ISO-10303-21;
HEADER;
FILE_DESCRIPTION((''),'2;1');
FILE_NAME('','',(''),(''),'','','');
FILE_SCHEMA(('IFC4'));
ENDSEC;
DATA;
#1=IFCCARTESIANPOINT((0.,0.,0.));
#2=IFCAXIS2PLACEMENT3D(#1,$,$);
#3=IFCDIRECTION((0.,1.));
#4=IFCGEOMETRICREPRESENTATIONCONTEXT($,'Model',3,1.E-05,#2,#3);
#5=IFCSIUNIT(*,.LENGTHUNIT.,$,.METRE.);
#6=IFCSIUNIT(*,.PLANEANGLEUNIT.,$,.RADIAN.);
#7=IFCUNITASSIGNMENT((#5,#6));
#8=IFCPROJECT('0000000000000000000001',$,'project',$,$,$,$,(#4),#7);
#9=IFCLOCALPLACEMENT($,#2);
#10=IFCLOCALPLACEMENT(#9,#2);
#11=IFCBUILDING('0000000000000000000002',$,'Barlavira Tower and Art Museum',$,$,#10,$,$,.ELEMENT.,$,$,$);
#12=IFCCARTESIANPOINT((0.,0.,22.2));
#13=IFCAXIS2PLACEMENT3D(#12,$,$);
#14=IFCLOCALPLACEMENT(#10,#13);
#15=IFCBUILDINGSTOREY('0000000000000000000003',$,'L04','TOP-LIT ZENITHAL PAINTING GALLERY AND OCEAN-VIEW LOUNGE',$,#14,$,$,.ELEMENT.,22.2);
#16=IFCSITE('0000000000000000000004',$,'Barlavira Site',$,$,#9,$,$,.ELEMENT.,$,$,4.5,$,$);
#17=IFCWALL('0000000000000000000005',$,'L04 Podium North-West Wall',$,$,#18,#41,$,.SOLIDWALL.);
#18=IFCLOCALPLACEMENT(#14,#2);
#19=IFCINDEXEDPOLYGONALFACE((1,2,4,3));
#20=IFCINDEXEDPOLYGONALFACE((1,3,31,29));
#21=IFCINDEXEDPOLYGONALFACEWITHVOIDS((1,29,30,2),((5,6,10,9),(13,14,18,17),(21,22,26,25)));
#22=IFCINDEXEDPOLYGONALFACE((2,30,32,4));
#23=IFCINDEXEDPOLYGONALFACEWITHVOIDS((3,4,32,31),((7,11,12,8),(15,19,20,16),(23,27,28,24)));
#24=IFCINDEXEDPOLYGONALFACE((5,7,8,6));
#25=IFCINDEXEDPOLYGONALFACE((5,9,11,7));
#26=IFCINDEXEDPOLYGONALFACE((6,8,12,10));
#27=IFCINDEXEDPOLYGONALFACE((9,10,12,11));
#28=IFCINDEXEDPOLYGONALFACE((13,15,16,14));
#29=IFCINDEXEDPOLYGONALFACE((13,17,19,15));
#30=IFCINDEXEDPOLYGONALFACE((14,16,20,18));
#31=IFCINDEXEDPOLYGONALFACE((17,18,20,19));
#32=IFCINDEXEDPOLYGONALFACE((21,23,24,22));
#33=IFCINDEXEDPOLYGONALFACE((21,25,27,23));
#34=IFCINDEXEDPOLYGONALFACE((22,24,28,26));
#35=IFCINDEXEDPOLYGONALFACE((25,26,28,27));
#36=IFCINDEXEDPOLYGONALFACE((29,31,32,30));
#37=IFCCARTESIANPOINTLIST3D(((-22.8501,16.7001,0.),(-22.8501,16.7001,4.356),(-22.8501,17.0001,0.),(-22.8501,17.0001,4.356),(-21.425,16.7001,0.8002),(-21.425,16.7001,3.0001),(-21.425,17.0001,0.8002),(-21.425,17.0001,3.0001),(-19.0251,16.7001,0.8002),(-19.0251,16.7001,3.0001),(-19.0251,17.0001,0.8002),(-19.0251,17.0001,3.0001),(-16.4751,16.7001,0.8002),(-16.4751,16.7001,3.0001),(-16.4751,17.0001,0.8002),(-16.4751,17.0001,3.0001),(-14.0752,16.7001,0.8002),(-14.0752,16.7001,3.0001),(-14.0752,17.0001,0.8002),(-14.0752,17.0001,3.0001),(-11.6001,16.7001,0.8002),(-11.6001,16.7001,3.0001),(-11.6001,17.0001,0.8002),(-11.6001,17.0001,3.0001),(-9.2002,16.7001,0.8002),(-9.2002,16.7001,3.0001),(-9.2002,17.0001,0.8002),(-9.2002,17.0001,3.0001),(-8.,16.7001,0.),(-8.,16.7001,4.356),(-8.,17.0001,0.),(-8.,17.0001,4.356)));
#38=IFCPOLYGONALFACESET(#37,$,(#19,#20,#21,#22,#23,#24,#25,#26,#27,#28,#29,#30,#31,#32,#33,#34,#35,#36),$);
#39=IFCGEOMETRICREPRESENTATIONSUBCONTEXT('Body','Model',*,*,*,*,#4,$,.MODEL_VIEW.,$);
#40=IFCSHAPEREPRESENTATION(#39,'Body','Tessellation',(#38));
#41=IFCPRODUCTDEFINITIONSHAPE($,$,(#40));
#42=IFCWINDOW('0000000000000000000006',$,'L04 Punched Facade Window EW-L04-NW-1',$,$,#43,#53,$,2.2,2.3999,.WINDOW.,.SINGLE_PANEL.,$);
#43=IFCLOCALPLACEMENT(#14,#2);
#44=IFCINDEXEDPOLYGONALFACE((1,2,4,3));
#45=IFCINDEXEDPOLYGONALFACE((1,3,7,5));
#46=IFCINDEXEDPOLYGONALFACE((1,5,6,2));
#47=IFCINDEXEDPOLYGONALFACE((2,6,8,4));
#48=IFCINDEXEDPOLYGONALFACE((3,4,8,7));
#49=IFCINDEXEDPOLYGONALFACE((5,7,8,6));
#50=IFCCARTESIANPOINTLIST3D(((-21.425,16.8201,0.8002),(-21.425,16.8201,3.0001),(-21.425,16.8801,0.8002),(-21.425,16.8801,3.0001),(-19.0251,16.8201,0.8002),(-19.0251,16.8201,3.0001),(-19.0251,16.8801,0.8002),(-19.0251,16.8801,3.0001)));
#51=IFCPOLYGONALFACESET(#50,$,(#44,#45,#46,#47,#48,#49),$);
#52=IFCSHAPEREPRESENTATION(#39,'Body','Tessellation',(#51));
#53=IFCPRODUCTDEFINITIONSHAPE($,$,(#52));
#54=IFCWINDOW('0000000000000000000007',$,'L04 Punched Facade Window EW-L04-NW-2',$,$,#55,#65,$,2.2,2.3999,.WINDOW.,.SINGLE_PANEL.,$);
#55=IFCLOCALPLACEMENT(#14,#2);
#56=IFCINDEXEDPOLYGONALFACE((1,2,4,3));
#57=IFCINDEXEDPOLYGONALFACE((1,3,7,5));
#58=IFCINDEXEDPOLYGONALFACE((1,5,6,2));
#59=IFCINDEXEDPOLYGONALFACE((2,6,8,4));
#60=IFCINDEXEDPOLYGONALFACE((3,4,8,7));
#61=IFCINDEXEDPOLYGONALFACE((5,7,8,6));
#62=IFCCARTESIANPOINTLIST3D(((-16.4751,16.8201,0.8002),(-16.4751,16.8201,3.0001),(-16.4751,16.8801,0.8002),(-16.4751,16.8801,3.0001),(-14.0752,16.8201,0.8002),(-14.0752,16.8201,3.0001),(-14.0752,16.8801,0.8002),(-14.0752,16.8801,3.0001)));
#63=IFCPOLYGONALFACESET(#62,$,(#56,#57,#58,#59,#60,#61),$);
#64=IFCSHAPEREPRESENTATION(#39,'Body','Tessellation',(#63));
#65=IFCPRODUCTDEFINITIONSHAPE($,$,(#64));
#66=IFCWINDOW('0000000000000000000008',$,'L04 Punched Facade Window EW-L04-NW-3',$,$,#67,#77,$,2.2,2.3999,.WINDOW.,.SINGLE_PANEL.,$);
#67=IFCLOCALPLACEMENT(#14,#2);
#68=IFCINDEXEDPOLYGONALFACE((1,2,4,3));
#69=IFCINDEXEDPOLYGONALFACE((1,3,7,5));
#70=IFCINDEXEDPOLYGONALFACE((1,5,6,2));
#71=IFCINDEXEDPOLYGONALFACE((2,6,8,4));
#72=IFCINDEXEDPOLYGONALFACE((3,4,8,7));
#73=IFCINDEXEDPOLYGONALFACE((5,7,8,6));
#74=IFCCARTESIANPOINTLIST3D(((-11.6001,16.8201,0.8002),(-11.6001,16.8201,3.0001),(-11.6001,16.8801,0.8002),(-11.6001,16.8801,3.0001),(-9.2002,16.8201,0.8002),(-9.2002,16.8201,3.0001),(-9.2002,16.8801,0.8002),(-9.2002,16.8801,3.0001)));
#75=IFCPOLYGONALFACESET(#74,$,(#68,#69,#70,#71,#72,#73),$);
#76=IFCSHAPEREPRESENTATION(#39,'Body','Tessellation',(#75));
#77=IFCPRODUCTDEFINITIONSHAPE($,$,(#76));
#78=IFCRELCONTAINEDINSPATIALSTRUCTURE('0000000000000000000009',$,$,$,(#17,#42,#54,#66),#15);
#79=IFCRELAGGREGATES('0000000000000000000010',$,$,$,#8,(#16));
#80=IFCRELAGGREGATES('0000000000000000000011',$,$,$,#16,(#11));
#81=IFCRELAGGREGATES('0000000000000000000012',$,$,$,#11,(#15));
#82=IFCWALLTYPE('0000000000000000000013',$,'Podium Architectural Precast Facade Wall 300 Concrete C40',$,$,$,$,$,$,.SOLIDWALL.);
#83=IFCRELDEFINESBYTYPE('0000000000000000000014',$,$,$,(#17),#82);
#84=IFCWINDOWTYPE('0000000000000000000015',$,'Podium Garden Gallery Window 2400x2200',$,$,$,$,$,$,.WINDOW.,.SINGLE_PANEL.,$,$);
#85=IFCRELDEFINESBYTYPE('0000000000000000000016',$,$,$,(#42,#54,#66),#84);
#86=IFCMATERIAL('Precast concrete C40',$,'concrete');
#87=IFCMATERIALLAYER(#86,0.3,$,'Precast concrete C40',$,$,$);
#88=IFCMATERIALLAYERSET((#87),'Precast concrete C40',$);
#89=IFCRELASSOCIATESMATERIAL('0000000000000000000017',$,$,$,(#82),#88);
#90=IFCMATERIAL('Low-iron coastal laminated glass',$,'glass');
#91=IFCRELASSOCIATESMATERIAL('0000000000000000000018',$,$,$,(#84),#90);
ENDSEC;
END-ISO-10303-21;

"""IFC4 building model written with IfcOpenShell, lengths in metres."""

from ifc_helpers import new_model, si_unit, direction, frame, frame_2d, origin, place, context, subcontext, project, spatial, rectangle, extrude, material, layer, layer_set, type_object, element, fill, save


model = new_model("IFC4")

# Units and contexts
model_context = context("Model", 3, precision=1e-05, world=origin(), true_north=direction((0.0, 1.0)))
body_context = subcontext(model_context, "Body", "Model", "MODEL_VIEW")
ifc_project = project(units=[si_unit("LENGTHUNIT", "METRE"), si_unit("PLANEANGLEUNIT", "RADIAN")], contexts=[model_context])

# Site, building, storey
site_placement = place(None, origin())
site = spatial("IfcSite", under=ifc_project, at=site_placement, Name="Barlavira Site", CompositionType="ELEMENT", RefElevation=4.5)
building_placement = place(site_placement, origin())
building = spatial("IfcBuilding", under=site, at=building_placement, Name="Barlavira Tower and Art Museum", CompositionType="ELEMENT")
storey_placement = place(building_placement, frame((0.0, 0.0, 22.2)))
storey = spatial("IfcBuildingStorey", under=building, at=storey_placement, Name="L04", Description="TOP-LIT ZENITHAL PAINTING GALLERY AND OCEAN-VIEW LOUNGE", CompositionType="ELEMENT", Elevation=22.2)

# Wall, openings, windows
ifc_material_1 = material(Name="Precast concrete C40", Category="concrete")
ifc_layer_1 = layer(ifc_material_1, 0.3, Name="Precast concrete C40")
ifc_layer_set_1 = layer_set([ifc_layer_1], Name="Precast concrete C40")
wall_type_1 = type_object("IfcWallType", Name="Podium Architectural Precast Facade Wall 300 Concrete C40", PredefinedType="SOLIDWALL", material=ifc_layer_set_1)
wall_1_placement = place(storey_placement, frame((-22.8501, 16.8501, 0.0), z_axis=(0.0, 0.0, 1.0), x_axis=(1.0, 0.0, 0.0)))
wall_1 = element("IfcWall", 1, at=wall_1_placement, inside=storey, type_object=wall_type_1, Name="L04 Podium North-West Wall", PredefinedType="SOLIDWALL", context=body_context, shape_type="SweptSolid", body=[
    extrude(rectangle(XDim=14.8501, YDim=0.3, at=frame_2d((7.425, 0.0))), origin(), (0.0, 0.0, 1.0), 4.356),
])
opening_1_placement = place(wall_1_placement, frame((1.425, 0.0, 0.8)))
opening_1 = element("IfcOpeningElement", 2, at=opening_1_placement, cuts=wall_1, PredefinedType="OPENING", context=body_context, shape_type="SweptSolid", body=[
    extrude(rectangle(XDim=2.3999, YDim=2.2, at=frame_2d((1.2, 1.1001))), frame((0.0, 0.1602, 0.0), z_axis=(0.0, -1.0, 0.0), x_axis=(1.0, 0.0, 0.0)), (0.0, 0.0, 1.0), 0.3201),
])
opening_2_placement = place(wall_1_placement, frame((6.375, 0.0, 0.8)))
opening_2 = element("IfcOpeningElement", 3, at=opening_2_placement, cuts=wall_1, PredefinedType="OPENING", context=body_context, shape_type="SweptSolid", body=[
    extrude(rectangle(XDim=2.3999, YDim=2.2, at=frame_2d((1.2, 1.1001))), frame((0.0, 0.1602, 0.0), z_axis=(0.0, -1.0, 0.0), x_axis=(1.0, 0.0, 0.0)), (0.0, 0.0, 1.0), 0.3201),
])
opening_3_placement = place(wall_1_placement, frame((11.25, 0.0, 0.8)))
opening_3 = element("IfcOpeningElement", 4, at=opening_3_placement, cuts=wall_1, PredefinedType="OPENING", context=body_context, shape_type="SweptSolid", body=[
    extrude(rectangle(XDim=2.3999, YDim=2.2, at=frame_2d((1.2, 1.1001))), frame((0.0, 0.1602, 0.0), z_axis=(0.0, -1.0, 0.0), x_axis=(1.0, 0.0, 0.0)), (0.0, 0.0, 1.0), 0.3201),
])
ifc_material_2 = material(Name="Low-iron coastal laminated glass", Category="glass")
window_type = type_object("IfcWindowType", Name="Podium Garden Gallery Window 2400x2200", PartitioningType="SINGLE_PANEL", PredefinedType="WINDOW", material=ifc_material_2)
window_1_placement = place(opening_1_placement, origin())
window_1 = element("IfcWindow", 5, at=window_1_placement, inside=storey, type_object=window_type, Name="L04 Punched Facade Window EW-L04-NW-1", OverallHeight=2.2, OverallWidth=2.3999, PartitioningType="SINGLE_PANEL", PredefinedType="WINDOW", context=body_context, shape_type="SweptSolid", body=[
    extrude(rectangle(XDim=2.3999, YDim=2.2, at=frame_2d((1.2, 1.1001))), frame((0.0, 0.03, 0.0), z_axis=(0.0, -1.0, 0.0), x_axis=(1.0, 0.0, 0.0)), (0.0, 0.0, 1.0), 0.0601),
])
fill(opening_1, window_1)
window_2_placement = place(opening_2_placement, origin())
window_2 = element("IfcWindow", 6, at=window_2_placement, inside=storey, type_object=window_type, Name="L04 Punched Facade Window EW-L04-NW-2", OverallHeight=2.2, OverallWidth=2.3999, PartitioningType="SINGLE_PANEL", PredefinedType="WINDOW", context=body_context, shape_type="SweptSolid", body=[
    extrude(rectangle(XDim=2.3999, YDim=2.2, at=frame_2d((1.2, 1.1001))), frame((0.0, 0.03, 0.0), z_axis=(0.0, -1.0, 0.0), x_axis=(1.0, 0.0, 0.0)), (0.0, 0.0, 1.0), 0.0601),
])
fill(opening_2, window_2)
window_3_placement = place(opening_3_placement, origin())
window_3 = element("IfcWindow", 7, at=window_3_placement, inside=storey, type_object=window_type, Name="L04 Punched Facade Window EW-L04-NW-3", OverallHeight=2.2, OverallWidth=2.3999, PartitioningType="SINGLE_PANEL", PredefinedType="WINDOW", context=body_context, shape_type="SweptSolid", body=[
    extrude(rectangle(XDim=2.3999, YDim=2.2, at=frame_2d((1.2, 1.1001))), frame((0.0, 0.03, 0.0), z_axis=(0.0, -1.0, 0.0), x_axis=(1.0, 0.0, 0.0)), (0.0, 0.0, 1.0), 0.0601),
])
fill(opening_3, window_3)

save(model, "model.ifc")
